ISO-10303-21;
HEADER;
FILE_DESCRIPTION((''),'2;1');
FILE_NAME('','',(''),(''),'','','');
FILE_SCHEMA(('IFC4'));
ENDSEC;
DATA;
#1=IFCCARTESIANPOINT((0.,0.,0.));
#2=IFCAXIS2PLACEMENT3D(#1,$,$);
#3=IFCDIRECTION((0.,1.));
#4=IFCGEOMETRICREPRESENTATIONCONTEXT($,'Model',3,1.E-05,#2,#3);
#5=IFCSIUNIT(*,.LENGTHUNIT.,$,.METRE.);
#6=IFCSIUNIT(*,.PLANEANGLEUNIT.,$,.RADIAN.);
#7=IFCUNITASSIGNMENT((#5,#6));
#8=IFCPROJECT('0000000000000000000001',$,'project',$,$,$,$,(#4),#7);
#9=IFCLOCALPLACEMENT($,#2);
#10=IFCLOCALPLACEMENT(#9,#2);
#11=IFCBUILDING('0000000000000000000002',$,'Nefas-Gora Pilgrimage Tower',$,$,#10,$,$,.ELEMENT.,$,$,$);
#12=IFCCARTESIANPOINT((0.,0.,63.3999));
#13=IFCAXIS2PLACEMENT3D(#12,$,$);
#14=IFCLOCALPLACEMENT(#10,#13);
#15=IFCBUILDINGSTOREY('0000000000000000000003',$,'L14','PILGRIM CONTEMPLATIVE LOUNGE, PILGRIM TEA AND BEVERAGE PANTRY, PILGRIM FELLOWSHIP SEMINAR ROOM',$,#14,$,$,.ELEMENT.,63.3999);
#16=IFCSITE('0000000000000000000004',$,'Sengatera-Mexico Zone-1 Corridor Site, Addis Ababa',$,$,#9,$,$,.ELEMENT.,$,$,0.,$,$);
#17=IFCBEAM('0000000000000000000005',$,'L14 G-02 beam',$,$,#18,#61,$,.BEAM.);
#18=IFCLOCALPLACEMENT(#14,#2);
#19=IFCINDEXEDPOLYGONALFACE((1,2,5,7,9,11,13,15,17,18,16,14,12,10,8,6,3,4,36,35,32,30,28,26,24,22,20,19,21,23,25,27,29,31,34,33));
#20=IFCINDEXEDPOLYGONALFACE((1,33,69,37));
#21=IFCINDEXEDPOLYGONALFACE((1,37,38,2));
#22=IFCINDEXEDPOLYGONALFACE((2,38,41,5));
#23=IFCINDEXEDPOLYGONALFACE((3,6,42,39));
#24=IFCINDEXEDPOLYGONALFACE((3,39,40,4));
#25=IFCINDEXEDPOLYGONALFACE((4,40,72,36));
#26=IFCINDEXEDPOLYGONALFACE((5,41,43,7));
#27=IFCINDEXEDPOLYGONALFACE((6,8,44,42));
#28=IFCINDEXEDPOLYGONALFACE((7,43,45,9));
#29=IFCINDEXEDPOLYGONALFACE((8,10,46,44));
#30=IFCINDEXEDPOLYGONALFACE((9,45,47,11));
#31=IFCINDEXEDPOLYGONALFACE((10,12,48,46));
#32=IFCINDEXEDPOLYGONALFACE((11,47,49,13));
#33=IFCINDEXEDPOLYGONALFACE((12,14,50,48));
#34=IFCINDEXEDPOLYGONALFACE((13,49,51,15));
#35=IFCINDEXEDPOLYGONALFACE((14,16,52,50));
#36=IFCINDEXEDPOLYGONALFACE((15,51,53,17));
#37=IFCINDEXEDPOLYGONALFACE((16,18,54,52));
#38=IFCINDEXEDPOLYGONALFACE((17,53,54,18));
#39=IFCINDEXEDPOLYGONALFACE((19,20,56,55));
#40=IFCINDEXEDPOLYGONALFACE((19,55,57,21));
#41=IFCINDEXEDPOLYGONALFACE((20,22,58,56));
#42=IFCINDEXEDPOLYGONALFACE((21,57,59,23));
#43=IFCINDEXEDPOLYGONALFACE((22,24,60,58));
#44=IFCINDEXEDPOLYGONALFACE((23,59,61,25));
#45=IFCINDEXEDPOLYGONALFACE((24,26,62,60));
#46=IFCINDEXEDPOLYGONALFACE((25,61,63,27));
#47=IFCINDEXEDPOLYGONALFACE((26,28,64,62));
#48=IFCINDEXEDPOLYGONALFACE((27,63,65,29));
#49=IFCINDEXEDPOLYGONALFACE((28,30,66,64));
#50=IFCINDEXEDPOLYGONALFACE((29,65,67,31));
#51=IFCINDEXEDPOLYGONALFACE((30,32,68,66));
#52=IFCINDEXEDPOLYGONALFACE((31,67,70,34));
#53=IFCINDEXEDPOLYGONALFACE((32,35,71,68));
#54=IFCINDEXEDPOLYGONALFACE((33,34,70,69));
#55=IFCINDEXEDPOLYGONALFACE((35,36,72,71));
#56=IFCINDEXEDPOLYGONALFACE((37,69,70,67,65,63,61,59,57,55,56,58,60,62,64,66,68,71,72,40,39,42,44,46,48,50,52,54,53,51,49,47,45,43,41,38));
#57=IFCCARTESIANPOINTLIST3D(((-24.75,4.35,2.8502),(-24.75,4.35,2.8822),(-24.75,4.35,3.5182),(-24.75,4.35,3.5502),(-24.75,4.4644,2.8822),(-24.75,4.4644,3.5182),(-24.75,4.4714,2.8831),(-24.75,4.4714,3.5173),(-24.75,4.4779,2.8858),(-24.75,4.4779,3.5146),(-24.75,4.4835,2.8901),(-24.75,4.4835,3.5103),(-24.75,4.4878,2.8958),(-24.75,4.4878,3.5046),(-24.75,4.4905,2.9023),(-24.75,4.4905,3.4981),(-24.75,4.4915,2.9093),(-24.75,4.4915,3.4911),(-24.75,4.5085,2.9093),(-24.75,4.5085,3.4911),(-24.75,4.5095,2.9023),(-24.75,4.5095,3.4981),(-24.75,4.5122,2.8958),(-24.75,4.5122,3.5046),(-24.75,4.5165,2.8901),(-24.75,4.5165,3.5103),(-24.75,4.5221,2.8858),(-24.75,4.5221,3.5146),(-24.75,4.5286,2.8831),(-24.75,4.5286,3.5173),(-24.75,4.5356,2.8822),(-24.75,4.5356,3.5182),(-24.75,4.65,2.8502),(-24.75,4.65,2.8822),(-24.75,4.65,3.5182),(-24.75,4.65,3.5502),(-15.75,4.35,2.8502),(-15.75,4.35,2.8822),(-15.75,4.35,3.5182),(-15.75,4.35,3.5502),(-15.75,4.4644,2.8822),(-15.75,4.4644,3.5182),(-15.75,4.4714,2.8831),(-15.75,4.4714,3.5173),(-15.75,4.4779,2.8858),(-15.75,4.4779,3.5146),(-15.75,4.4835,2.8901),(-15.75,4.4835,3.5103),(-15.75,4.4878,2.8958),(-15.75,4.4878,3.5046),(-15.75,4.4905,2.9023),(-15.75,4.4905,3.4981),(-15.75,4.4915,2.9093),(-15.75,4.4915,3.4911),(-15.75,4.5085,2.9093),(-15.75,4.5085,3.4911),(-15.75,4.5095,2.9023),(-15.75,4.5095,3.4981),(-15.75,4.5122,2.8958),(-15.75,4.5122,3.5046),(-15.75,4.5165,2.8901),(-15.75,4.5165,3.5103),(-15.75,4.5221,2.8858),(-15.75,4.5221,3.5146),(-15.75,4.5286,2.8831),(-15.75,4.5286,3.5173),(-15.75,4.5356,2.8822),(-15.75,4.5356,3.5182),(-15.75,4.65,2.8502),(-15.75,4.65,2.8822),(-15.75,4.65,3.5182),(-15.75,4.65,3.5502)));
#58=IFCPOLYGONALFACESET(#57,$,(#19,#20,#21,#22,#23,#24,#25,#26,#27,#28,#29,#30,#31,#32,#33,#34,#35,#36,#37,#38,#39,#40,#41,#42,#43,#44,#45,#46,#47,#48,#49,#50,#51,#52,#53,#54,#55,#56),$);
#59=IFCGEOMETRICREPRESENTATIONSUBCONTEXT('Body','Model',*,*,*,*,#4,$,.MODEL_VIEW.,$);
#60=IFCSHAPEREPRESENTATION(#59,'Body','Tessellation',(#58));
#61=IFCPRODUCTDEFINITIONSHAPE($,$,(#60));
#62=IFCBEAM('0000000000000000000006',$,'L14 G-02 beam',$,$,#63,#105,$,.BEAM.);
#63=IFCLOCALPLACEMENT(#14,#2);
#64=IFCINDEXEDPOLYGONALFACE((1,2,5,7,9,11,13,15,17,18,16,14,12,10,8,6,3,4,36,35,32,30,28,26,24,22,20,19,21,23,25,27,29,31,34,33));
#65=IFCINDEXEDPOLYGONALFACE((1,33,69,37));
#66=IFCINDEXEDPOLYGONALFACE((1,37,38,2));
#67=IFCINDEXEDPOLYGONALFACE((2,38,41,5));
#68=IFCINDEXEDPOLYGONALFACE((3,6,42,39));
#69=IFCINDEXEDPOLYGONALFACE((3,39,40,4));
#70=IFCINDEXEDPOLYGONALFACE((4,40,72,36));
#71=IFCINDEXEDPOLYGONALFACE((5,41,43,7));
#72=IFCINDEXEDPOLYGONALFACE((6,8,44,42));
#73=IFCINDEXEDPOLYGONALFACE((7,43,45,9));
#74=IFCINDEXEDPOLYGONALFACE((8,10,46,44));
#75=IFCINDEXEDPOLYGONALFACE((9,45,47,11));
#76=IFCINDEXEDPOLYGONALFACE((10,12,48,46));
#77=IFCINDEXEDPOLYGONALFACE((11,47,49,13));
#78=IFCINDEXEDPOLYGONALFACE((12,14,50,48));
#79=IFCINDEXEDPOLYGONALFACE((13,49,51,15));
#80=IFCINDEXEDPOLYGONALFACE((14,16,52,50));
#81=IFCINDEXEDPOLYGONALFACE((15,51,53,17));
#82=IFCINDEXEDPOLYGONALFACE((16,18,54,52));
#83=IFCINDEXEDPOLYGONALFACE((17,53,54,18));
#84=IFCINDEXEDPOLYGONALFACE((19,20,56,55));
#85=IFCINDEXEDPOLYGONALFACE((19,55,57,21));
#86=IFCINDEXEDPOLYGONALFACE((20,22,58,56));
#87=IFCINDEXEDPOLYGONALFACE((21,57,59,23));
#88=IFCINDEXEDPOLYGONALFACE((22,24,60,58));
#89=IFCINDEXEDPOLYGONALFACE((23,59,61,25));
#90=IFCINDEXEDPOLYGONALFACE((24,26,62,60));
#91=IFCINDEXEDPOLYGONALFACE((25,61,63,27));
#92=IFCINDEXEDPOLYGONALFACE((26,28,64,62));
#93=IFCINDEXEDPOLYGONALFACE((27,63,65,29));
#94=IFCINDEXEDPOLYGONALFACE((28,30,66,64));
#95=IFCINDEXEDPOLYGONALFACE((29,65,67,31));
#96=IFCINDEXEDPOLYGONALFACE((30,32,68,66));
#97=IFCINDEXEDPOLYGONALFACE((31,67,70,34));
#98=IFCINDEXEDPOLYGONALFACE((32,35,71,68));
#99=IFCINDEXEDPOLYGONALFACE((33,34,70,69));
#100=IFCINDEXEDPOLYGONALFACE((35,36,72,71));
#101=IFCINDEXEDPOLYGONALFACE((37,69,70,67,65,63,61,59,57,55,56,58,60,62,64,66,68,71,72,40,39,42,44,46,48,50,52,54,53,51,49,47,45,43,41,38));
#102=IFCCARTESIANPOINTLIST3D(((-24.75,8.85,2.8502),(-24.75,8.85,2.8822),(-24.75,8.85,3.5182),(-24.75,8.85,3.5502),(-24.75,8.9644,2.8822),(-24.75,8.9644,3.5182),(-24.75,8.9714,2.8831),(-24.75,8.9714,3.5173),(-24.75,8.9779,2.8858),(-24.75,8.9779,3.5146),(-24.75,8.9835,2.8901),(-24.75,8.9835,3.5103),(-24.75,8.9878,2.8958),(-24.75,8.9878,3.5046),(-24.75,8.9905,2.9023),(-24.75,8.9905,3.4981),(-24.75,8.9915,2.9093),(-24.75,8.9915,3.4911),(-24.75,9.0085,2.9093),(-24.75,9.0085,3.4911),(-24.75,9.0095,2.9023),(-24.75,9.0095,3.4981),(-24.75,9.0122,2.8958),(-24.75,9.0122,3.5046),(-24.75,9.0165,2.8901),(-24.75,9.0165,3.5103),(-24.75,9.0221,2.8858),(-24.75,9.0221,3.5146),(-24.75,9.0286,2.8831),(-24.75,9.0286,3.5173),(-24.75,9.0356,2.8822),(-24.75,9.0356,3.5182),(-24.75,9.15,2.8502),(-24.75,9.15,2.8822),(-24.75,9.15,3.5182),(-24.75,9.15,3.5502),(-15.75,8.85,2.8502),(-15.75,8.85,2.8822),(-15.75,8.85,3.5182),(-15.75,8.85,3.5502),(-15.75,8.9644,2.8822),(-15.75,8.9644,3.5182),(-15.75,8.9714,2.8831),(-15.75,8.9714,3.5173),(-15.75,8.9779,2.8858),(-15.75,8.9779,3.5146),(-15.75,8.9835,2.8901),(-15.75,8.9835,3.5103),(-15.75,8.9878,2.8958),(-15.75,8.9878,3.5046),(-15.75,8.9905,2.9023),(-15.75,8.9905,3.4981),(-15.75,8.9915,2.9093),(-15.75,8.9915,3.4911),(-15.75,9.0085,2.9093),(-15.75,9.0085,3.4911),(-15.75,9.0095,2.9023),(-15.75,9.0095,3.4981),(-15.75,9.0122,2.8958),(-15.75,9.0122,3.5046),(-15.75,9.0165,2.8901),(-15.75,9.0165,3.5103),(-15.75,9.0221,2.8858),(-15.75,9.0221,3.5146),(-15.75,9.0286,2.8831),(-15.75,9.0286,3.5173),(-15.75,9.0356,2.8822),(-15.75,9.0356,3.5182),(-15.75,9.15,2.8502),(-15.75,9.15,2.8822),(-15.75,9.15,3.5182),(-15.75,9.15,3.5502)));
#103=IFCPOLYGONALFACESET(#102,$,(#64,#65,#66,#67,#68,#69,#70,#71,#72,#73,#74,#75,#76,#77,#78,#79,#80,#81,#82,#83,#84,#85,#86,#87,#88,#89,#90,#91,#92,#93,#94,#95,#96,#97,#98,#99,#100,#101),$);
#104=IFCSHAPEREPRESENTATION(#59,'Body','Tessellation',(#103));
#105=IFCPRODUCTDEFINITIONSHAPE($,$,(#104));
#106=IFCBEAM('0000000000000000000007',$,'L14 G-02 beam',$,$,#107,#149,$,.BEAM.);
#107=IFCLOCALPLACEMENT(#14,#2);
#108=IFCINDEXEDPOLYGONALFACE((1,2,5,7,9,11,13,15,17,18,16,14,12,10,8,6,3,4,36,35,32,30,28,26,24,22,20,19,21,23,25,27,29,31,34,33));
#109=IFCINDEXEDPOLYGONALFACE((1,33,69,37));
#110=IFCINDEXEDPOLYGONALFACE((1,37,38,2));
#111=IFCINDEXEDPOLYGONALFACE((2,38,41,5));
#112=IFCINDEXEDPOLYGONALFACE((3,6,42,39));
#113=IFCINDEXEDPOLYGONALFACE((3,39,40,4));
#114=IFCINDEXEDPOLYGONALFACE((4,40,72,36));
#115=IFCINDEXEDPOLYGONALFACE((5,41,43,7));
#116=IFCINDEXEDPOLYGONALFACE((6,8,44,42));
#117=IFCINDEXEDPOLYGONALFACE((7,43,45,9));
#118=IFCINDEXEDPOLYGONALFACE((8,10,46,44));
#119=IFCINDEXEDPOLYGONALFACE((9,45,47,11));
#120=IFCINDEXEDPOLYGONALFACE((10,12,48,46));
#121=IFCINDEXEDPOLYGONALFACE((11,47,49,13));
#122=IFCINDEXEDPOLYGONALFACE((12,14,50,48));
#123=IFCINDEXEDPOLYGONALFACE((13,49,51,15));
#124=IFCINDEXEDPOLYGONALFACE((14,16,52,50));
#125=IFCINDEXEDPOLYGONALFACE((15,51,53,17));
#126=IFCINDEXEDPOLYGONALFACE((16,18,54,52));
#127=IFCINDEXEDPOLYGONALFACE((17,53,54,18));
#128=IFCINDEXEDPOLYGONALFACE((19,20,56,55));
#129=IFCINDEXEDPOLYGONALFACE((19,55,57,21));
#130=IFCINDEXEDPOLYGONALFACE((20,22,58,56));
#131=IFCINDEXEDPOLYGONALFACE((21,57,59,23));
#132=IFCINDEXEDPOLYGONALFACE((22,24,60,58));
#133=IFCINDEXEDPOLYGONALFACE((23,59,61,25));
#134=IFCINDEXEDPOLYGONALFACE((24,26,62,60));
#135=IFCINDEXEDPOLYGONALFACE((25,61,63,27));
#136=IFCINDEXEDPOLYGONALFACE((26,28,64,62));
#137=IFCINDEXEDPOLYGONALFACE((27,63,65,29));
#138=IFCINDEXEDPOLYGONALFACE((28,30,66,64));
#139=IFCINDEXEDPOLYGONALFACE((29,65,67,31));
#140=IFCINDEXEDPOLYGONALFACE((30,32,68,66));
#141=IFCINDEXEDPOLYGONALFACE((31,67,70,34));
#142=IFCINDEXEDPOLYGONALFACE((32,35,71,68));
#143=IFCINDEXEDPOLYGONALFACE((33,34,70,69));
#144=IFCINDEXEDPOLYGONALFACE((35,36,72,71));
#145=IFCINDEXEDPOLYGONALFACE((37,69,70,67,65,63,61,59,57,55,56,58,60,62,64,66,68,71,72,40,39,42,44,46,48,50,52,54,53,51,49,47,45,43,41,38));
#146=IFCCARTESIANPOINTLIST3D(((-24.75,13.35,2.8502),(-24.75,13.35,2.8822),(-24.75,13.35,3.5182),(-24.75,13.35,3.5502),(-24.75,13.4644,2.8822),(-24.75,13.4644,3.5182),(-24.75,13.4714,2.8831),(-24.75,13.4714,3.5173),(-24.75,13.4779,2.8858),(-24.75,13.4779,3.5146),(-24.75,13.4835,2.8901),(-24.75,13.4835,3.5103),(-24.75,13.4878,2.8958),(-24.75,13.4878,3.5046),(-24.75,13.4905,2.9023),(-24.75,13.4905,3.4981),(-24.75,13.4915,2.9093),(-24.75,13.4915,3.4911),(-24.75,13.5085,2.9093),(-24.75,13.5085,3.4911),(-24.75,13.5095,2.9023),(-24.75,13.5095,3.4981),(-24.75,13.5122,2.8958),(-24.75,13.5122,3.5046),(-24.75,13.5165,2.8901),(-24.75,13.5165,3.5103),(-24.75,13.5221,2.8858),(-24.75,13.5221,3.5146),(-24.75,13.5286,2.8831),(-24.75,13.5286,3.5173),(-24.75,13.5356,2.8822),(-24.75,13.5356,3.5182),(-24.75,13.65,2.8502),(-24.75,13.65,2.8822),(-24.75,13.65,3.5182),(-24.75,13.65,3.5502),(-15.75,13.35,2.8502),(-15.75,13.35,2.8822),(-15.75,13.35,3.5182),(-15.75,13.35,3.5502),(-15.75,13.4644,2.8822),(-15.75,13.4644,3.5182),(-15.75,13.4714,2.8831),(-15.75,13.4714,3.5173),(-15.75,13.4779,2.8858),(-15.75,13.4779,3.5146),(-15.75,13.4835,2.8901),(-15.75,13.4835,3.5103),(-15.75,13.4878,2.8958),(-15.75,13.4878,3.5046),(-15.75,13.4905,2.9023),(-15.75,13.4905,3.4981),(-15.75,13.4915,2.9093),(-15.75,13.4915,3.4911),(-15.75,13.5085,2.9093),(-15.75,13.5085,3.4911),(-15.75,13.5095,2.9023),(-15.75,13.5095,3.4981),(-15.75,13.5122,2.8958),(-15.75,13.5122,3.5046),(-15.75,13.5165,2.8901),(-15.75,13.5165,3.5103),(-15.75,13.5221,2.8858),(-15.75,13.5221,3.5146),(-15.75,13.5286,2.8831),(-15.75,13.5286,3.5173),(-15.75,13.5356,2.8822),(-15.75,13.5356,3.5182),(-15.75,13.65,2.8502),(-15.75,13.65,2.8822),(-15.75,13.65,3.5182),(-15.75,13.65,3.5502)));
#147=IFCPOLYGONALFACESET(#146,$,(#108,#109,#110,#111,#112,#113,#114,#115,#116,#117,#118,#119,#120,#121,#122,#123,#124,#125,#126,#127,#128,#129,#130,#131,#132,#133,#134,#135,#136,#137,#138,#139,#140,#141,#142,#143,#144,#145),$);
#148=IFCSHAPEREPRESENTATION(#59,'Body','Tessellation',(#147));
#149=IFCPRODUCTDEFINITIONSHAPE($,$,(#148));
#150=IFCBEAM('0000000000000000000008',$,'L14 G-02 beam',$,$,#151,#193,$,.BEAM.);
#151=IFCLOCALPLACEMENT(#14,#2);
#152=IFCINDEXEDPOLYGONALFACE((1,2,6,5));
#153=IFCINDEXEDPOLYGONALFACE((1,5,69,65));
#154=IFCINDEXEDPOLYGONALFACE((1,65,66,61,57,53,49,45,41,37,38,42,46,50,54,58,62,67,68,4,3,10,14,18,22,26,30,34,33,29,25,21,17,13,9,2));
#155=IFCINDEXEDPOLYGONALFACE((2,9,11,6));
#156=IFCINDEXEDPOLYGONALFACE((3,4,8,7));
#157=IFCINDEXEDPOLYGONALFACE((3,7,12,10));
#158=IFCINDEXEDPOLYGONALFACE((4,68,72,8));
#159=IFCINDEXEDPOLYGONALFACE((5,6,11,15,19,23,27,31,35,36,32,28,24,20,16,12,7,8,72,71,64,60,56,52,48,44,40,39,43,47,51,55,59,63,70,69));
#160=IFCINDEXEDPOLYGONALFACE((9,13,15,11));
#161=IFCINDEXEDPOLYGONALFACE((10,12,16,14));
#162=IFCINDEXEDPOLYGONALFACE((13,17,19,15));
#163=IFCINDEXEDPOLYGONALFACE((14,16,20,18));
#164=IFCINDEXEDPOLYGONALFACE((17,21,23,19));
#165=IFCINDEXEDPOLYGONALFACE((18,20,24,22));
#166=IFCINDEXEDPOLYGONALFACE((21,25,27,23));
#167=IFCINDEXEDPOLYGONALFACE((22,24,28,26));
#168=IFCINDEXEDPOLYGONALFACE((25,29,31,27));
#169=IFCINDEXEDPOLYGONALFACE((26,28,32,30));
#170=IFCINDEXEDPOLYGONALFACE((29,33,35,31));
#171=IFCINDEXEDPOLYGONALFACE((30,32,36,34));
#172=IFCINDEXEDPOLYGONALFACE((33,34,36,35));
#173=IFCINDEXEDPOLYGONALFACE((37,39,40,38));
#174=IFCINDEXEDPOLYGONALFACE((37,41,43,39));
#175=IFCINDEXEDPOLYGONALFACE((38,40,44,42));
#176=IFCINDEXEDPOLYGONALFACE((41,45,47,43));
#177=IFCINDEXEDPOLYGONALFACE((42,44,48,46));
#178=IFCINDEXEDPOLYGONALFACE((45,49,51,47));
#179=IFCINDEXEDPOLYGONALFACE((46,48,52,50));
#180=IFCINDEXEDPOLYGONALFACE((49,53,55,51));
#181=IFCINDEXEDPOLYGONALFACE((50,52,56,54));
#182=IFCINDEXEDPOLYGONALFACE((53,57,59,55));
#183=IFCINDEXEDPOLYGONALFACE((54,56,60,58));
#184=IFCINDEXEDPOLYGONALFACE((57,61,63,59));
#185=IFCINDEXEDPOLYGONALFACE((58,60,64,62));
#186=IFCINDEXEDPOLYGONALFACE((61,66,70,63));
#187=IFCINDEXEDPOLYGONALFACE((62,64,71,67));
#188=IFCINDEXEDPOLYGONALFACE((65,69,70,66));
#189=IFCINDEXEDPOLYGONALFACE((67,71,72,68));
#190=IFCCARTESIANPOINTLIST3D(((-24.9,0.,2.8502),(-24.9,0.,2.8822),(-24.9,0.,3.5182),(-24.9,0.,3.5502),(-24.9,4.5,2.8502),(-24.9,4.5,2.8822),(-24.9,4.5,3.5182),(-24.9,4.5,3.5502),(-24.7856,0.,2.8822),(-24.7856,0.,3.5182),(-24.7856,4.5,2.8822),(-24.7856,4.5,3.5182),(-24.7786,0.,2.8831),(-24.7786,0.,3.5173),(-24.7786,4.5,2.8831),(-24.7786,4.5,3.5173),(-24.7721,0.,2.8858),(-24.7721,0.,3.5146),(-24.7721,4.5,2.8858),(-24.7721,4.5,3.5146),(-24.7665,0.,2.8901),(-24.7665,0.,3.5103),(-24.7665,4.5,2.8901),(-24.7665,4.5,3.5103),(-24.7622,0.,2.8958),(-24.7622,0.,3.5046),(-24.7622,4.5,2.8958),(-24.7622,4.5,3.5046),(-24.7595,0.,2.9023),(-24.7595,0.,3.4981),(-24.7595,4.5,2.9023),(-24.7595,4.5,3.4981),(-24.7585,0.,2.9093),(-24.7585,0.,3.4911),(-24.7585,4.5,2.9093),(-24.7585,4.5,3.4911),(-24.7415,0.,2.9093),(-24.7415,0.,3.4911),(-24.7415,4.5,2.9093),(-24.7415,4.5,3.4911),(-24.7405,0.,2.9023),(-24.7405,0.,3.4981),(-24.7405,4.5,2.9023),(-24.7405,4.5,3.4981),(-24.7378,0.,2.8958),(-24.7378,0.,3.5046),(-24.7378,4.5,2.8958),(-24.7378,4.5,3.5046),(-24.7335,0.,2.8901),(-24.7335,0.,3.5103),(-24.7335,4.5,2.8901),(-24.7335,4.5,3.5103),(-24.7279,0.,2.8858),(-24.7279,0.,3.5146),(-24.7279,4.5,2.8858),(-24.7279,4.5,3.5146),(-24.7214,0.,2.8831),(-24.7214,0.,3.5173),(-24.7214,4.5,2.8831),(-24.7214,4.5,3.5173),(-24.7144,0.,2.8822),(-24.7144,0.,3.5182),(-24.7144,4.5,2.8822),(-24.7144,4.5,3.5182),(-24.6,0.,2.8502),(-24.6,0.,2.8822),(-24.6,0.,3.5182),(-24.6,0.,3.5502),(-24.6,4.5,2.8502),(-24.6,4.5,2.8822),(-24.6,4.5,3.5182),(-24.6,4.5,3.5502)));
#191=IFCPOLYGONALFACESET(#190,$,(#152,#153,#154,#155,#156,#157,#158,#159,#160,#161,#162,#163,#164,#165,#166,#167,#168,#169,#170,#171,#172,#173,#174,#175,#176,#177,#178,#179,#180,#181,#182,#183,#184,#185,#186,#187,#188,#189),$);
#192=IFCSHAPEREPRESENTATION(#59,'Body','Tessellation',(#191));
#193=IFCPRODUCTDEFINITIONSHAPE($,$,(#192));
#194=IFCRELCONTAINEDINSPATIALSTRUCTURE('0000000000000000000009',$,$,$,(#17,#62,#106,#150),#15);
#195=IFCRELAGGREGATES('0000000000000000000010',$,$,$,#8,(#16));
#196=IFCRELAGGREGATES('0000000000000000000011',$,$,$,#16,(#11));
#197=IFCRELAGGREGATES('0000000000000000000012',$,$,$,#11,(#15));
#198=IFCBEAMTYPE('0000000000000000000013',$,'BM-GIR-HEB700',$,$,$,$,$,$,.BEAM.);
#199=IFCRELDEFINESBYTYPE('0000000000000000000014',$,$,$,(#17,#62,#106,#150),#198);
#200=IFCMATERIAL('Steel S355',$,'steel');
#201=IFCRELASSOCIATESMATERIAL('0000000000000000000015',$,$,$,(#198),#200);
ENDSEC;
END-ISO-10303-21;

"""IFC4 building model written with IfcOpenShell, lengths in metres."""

from ifc_helpers import new_model, si_unit, direction, frame, origin, origin_2d, place, context, subcontext, project, spatial, i_section, extrude, source, transform, mapped, material, material_profile, profile_set, type_object, element, save


model = new_model("IFC4")

# Units and contexts
model_context = context("Model", 3, precision=1e-05, world=origin(), true_north=direction((0.0, 1.0)))
body_context = subcontext(model_context, "Body", "Model", "MODEL_VIEW")
ifc_project = project(units=[si_unit("LENGTHUNIT", "METRE"), si_unit("PLANEANGLEUNIT", "RADIAN")], contexts=[model_context])

# Site, building, storey
site_placement = place(None, origin())
site = spatial("IfcSite", under=ifc_project, at=site_placement, Name="Sengatera-Mexico Zone-1 Corridor Site, Addis Ababa", CompositionType="ELEMENT", RefElevation=0.0)
building_placement = place(site_placement, origin())
building = spatial("IfcBuilding", under=site, at=building_placement, Name="Nefas-Gora Pilgrimage Tower", CompositionType="ELEMENT")
storey_placement = place(building_placement, frame((0.0, 0.0, 63.3999)))
storey = spatial("IfcBuildingStorey", under=building, at=storey_placement, Name="L14", Description="PILGRIM CONTEMPLATIVE LOUNGE, PILGRIM TEA AND BEVERAGE PANTRY, PILGRIM FELLOWSHIP SEMINAR ROOM", CompositionType="ELEMENT", Elevation=63.3999)

# Beams
ifc_material_1 = material(Name="Steel S355", Category="steel")
ifc_material_profile_1 = material_profile(ifc_material_1, i_section(OverallWidth=0.3, OverallDepth=0.7, WebThickness=0.0171, FlangeThickness=0.032, FilletRadius=0.0271, at=origin_2d()), Name="HEB 700")
ifc_profile_set_1 = profile_set([ifc_material_profile_1], Name="Steel S355")
beam_type_1 = type_object("IfcBeamType", Name="BM-GIR-HEB700", PredefinedType="BEAM", material=ifc_profile_set_1)
shared_shape_1 = source(origin(), body_context, "Body", "SweptSolid", [
    extrude(i_section(OverallWidth=0.3, OverallDepth=0.7, WebThickness=0.0171, FlangeThickness=0.032, FilletRadius=0.0271, at=origin_2d()), origin(), (0.0, 0.0, 1.0), 9.0),
])
for number, where, z_axis, x_axis, name in (
    (1, (-24.75, 4.5, 3.2002), (1.0, 0.0, 0.0), (0.0, 1.0, 0.0), "L14 G-02 beam"),
    (2, (-24.75, 9.0, 3.2002), (1.0, 0.0, 0.0), (0.0, 1.0, 0.0), "L14 G-02 beam"),
    (3, (-24.75, 13.5, 3.2002), (1.0, 0.0, 0.0), (0.0, 1.0, 0.0), "L14 G-02 beam"),
):
    element("IfcBeam", number, at=place(storey_placement, frame(where, z_axis=z_axis, x_axis=x_axis)), inside=storey, type_object=beam_type_1, Name=name, PredefinedType="BEAM", context=body_context, shape_type="MappedRepresentation", body=[
        mapped(shared_shape_1, transform((0.0, 0.0, 0.0), x_axis=(1.0, 0.0, 0.0), y_axis=(0.0, 1.0, 0.0), z_axis=(0.0, 0.0, 1.0), scale=1.0)),
    ])
shared_shape_2 = source(origin(), body_context, "Body", "SweptSolid", [
    extrude(i_section(OverallWidth=0.3, OverallDepth=0.7, WebThickness=0.0171, FlangeThickness=0.032, FilletRadius=0.0271, at=origin_2d()), origin(), (0.0, 0.0, 1.0), 4.5),
])
for number, where, z_axis, x_axis, name in (
    (4, (-24.75, 0.0, 3.2002), (0.0, 1.0, 0.0), (-1.0, 0.0, 0.0), "L14 G-02 beam"),
):
    element("IfcBeam", number, at=place(storey_placement, frame(where, z_axis=z_axis, x_axis=x_axis)), inside=storey, type_object=beam_type_1, Name=name, PredefinedType="BEAM", context=body_context, shape_type="MappedRepresentation", body=[
        mapped(shared_shape_2, transform((0.0, 0.0, 0.0), x_axis=(1.0, 0.0, 0.0), y_axis=(0.0, 1.0, 0.0), z_axis=(0.0, 0.0, 1.0), scale=1.0)),
    ])

save(model, "model.ifc")
